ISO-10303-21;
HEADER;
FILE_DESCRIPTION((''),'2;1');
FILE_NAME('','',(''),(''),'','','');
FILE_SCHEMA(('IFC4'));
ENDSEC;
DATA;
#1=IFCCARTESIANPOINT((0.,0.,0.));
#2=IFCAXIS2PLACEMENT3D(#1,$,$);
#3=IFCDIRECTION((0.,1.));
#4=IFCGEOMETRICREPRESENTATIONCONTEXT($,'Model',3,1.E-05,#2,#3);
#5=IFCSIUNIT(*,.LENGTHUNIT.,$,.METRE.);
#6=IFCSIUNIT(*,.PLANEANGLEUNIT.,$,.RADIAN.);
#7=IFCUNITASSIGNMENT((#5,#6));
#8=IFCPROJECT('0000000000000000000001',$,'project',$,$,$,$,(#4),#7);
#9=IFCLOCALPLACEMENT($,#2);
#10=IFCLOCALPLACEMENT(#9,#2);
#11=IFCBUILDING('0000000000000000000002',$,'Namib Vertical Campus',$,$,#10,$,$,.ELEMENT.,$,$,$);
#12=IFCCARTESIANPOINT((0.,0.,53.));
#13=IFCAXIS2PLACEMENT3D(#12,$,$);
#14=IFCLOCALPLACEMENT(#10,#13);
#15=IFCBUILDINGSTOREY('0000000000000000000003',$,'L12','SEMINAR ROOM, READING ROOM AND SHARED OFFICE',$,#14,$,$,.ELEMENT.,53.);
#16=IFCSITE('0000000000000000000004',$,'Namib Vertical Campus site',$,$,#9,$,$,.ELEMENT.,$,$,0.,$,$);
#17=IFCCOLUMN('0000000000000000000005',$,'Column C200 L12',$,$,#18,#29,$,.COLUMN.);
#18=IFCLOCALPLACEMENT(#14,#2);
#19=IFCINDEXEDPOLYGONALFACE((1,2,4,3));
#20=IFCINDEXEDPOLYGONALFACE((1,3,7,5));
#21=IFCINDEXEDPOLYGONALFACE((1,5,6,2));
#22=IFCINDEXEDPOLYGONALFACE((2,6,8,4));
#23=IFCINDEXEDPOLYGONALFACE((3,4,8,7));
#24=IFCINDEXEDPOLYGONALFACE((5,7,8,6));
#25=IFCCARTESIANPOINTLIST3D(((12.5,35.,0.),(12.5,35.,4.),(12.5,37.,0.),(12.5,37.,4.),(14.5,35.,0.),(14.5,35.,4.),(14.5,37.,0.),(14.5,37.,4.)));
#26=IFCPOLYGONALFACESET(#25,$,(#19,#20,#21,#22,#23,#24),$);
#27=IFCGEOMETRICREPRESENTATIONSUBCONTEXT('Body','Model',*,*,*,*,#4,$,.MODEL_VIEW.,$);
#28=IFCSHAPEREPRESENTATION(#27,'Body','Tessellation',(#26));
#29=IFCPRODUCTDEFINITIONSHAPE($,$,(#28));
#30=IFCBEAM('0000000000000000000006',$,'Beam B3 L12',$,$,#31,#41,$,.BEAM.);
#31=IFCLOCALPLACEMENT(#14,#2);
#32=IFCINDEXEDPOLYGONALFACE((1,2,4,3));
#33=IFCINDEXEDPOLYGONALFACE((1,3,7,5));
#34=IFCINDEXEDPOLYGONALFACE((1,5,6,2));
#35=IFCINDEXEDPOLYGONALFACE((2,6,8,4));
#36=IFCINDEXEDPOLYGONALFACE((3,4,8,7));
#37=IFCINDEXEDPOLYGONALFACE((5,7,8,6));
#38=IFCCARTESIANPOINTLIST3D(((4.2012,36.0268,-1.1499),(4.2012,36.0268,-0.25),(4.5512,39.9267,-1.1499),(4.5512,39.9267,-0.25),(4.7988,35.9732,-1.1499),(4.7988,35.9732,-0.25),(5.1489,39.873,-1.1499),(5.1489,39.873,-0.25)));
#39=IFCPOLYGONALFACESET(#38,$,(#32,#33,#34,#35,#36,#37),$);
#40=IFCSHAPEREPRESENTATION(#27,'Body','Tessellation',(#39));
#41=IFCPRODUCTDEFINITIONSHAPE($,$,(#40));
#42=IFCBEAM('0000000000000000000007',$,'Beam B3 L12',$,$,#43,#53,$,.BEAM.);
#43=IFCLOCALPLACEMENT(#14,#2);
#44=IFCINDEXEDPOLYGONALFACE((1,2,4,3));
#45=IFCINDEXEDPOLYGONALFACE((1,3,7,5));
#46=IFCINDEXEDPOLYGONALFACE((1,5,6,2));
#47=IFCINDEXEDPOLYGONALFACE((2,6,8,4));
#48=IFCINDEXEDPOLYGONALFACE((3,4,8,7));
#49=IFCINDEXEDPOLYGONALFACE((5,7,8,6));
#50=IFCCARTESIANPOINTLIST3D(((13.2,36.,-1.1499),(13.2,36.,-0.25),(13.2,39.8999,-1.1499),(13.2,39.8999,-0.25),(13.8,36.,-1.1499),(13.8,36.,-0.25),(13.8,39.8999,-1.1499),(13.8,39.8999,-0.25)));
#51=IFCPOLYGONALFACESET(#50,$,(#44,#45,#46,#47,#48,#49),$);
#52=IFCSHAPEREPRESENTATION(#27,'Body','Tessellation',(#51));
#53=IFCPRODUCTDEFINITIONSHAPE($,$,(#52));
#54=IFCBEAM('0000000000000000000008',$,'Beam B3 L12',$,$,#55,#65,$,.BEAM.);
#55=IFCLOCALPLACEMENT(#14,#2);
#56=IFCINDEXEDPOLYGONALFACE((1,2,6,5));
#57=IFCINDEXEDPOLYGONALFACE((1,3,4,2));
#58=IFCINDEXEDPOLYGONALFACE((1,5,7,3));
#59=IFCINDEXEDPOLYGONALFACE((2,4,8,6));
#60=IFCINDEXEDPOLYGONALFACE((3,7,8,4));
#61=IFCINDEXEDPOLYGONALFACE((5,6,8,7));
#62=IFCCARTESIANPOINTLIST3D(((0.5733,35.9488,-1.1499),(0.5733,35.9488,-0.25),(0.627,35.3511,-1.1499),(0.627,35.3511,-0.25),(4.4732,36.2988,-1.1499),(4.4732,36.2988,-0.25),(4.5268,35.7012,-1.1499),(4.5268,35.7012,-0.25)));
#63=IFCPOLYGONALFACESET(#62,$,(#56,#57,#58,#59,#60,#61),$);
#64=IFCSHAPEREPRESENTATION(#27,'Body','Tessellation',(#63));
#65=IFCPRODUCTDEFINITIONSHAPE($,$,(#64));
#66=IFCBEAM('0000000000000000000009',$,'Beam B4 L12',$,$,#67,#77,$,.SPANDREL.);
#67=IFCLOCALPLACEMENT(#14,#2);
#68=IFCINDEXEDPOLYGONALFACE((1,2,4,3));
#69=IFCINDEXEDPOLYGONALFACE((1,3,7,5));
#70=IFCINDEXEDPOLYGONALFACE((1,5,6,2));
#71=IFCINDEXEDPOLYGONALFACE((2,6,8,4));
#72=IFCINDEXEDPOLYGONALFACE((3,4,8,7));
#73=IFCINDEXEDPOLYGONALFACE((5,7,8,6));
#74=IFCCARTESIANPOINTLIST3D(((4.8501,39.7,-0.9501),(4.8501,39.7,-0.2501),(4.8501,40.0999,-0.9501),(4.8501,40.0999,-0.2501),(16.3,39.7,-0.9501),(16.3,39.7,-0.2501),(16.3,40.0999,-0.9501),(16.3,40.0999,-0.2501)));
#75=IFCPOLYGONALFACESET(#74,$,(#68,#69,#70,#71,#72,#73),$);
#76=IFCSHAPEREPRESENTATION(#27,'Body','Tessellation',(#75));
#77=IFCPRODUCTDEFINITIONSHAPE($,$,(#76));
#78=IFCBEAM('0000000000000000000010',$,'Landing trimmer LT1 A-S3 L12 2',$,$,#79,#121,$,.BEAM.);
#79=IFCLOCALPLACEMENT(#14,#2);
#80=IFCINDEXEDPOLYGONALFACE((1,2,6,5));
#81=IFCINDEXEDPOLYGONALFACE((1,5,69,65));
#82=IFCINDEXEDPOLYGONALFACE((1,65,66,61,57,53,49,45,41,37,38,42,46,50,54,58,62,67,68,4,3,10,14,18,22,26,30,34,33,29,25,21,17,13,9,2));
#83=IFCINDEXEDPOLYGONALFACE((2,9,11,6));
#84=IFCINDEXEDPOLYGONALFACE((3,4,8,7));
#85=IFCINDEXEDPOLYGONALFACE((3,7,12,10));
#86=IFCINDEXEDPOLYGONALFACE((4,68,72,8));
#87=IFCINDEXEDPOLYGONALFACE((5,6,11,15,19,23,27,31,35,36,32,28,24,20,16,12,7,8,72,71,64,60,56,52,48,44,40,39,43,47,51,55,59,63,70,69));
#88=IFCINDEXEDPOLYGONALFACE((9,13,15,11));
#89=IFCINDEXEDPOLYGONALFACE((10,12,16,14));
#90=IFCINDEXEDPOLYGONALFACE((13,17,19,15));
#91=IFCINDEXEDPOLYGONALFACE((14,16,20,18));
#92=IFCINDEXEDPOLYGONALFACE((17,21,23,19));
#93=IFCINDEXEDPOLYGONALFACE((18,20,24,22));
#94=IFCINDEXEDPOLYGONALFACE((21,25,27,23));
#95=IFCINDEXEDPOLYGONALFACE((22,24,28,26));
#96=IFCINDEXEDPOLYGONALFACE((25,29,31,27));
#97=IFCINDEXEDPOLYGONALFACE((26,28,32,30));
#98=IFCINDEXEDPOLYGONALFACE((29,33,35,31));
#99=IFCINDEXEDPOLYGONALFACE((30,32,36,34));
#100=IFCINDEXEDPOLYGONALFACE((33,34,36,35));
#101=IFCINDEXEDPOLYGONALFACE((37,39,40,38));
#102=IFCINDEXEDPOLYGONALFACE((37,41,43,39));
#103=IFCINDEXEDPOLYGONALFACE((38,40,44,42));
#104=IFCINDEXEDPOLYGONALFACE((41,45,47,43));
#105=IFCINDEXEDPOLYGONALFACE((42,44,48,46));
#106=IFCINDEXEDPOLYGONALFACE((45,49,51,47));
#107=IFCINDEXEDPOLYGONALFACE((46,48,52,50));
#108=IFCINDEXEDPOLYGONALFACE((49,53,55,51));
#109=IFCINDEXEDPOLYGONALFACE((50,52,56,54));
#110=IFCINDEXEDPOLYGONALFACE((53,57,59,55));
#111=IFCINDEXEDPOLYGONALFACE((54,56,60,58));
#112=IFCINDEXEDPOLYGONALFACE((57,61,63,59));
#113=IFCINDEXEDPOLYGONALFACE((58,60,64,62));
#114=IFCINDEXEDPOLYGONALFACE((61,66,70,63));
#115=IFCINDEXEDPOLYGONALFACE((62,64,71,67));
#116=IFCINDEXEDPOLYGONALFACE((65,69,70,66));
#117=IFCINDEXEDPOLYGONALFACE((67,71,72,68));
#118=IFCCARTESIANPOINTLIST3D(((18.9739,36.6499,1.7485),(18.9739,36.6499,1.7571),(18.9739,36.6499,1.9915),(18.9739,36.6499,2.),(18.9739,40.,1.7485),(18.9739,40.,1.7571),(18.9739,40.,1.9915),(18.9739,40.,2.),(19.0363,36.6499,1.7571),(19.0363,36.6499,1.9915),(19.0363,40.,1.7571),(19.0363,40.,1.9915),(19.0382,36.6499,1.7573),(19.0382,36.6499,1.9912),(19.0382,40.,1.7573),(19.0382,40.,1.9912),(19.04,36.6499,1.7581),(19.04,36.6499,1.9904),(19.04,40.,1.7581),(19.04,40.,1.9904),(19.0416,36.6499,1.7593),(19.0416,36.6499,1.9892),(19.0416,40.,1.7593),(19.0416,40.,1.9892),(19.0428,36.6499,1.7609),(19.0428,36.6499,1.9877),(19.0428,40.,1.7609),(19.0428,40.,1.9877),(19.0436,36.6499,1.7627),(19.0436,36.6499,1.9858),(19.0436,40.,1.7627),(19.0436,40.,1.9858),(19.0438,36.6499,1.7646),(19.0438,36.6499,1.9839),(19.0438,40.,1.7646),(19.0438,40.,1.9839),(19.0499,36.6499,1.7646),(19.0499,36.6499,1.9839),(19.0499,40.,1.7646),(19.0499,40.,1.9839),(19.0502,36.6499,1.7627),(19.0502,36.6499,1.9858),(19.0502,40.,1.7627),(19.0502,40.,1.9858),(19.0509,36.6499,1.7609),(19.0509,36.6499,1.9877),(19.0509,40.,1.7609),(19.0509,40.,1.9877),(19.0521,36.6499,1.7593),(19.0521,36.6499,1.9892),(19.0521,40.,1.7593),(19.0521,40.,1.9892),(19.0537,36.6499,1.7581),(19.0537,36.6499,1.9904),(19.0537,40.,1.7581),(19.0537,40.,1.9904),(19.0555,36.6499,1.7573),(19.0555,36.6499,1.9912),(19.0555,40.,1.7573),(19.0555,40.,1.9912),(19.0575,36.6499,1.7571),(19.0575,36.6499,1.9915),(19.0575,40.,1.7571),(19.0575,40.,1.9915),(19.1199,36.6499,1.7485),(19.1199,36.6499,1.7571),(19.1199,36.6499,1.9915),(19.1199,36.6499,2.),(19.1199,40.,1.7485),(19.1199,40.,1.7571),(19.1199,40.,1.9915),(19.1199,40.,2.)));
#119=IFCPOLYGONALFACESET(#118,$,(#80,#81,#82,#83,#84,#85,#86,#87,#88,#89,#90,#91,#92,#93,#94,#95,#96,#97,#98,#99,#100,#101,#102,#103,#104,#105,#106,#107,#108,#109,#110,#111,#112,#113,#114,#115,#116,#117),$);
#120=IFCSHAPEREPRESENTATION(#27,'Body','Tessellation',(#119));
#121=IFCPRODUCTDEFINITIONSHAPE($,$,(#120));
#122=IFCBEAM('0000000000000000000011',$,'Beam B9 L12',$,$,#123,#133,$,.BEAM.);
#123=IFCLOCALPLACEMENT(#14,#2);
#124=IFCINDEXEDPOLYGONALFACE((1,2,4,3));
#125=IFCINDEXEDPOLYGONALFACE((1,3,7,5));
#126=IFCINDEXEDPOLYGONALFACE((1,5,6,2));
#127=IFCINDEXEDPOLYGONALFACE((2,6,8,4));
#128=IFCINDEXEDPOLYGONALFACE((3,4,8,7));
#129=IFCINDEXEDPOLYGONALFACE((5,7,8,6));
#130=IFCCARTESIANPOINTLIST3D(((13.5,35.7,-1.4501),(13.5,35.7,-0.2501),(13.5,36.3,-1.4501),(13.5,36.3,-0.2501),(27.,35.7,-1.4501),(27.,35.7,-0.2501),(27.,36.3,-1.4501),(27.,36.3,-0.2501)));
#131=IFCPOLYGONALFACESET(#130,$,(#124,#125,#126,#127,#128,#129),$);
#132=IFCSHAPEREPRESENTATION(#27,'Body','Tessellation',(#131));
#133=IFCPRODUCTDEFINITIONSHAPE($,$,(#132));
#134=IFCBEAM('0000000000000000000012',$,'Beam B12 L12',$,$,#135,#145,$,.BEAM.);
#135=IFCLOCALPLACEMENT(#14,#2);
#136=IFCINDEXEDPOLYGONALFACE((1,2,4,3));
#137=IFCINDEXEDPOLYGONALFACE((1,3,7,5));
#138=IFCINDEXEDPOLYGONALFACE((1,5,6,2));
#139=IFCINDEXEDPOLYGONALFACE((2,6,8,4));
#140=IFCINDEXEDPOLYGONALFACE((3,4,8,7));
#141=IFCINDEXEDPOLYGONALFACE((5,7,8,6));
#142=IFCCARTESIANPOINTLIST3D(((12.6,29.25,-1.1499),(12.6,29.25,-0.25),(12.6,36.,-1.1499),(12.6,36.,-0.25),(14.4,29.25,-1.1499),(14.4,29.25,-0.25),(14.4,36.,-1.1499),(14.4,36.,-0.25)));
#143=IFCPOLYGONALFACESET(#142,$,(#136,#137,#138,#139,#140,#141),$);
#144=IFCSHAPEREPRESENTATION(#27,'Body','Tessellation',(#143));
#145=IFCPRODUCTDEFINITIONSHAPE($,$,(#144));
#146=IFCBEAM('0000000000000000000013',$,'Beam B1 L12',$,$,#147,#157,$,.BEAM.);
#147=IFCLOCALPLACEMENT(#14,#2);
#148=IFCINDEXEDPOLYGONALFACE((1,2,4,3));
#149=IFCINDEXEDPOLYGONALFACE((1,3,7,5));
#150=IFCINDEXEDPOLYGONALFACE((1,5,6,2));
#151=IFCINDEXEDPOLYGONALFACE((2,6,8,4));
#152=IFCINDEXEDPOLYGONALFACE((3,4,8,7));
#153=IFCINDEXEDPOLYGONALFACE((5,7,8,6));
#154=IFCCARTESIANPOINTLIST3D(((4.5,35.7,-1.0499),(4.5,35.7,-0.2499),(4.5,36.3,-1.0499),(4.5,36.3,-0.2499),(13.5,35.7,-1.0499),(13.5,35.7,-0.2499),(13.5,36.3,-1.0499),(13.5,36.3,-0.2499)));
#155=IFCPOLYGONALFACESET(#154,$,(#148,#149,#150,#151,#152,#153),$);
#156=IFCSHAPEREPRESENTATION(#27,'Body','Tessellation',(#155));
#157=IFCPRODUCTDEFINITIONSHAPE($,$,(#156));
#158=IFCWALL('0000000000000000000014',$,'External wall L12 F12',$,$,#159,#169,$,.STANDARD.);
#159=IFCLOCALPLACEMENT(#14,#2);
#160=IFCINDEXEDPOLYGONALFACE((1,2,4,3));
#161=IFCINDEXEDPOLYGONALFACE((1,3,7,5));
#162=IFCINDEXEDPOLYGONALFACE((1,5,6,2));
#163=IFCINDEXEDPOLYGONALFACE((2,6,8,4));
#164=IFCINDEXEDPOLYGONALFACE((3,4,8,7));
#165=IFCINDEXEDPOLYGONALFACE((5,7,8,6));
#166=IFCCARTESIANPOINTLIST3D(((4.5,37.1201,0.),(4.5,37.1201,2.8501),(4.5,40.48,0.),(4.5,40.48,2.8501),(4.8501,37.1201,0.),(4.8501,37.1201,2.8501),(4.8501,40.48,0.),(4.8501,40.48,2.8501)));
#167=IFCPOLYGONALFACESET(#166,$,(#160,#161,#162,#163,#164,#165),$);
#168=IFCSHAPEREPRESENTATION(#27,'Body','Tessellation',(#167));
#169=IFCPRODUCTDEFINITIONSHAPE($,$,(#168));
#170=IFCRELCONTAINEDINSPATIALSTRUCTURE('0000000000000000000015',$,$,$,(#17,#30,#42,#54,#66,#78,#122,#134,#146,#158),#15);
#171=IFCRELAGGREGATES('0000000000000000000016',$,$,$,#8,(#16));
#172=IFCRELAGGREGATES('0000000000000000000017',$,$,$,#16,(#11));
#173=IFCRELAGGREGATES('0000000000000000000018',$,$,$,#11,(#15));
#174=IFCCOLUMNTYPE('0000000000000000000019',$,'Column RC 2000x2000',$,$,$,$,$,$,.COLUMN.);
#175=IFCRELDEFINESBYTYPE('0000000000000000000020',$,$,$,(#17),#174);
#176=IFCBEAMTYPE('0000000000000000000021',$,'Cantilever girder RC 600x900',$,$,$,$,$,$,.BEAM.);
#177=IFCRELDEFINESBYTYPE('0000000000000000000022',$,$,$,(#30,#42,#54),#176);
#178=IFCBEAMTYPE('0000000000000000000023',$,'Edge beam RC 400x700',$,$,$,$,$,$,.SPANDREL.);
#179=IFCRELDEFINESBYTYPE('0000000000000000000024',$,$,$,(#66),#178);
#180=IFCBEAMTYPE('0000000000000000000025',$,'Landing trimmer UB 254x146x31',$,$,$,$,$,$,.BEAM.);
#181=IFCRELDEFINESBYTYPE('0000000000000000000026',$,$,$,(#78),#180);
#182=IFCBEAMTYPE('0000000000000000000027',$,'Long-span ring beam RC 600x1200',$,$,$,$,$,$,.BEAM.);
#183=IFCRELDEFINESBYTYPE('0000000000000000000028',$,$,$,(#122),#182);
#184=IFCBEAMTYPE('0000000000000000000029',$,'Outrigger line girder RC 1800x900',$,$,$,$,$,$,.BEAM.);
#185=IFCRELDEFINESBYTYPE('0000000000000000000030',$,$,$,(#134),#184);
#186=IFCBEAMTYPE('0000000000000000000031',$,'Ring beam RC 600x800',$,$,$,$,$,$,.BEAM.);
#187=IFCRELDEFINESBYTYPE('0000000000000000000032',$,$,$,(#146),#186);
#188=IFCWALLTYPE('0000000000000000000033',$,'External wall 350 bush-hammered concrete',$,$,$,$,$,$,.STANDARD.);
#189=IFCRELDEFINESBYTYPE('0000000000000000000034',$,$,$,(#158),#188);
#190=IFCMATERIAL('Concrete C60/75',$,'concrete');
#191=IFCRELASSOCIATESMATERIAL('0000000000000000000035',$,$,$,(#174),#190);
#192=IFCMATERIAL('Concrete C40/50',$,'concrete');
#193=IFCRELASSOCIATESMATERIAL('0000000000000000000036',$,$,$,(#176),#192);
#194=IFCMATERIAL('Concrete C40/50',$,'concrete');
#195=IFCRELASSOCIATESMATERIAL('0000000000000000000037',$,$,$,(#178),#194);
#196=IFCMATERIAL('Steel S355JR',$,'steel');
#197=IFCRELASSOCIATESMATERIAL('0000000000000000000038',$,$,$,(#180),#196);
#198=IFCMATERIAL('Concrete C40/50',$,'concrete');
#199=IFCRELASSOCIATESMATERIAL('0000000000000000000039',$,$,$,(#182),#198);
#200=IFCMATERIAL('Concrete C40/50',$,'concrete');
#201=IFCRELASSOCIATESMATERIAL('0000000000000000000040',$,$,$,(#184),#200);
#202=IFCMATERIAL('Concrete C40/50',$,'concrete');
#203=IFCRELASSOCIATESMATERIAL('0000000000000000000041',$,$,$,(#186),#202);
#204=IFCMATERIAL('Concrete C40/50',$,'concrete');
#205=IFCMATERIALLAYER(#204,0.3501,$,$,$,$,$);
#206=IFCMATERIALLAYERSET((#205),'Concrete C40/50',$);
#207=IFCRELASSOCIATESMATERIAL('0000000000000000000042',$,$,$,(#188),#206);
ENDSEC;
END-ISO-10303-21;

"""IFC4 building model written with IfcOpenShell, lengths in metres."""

from ifc_helpers import new_model, si_unit, direction, frame, frame_2d, origin, origin_2d, place, context, subcontext, project, spatial, rectangle, i_section, extrude, material, layer, layer_set, material_profile, profile_set, type_object, element, save


model = new_model("IFC4")

# Units and contexts
model_context = context("Model", 3, precision=1e-05, world=origin(), true_north=direction((0.0, 1.0)))
body_context = subcontext(model_context, "Body", "Model", "MODEL_VIEW")
ifc_project = project(units=[si_unit("LENGTHUNIT", "METRE"), si_unit("PLANEANGLEUNIT", "RADIAN")], contexts=[model_context])

# Site, building, storey
site_placement = place(None, origin())
site = spatial("IfcSite", under=ifc_project, at=site_placement, Name="Namib Vertical Campus site", CompositionType="ELEMENT", RefElevation=0.0)
building_placement = place(site_placement, origin())
building = spatial("IfcBuilding", under=site, at=building_placement, Name="Namib Vertical Campus", CompositionType="ELEMENT")
storey_placement = place(building_placement, frame((0.0, 0.0, 53.0)))
storey = spatial("IfcBuildingStorey", under=building, at=storey_placement, Name="L12", Description="SEMINAR ROOM, READING ROOM AND SHARED OFFICE", CompositionType="ELEMENT", Elevation=53.0)

# Column
ifc_material_1 = material(Name="Concrete C60/75", Category="concrete")
ifc_material_profile_1 = material_profile(ifc_material_1, rectangle(XDim=2.0, YDim=2.0, at=origin_2d()))
ifc_profile_set_1 = profile_set([ifc_material_profile_1], Name="Concrete C60/75")
column_type = type_object("IfcColumnType", Name="Column RC 2000x2000", PredefinedType="COLUMN", material=ifc_profile_set_1)
column_placement = place(storey_placement, frame((13.5, 36.0, 0.0), z_axis=(0.0, 0.0, 1.0), x_axis=(1.0, 0.0, 0.0)))
element("IfcColumn", 1, at=column_placement, inside=storey, type_object=column_type, Name="Column C200 L12", PredefinedType="COLUMN", context=body_context, shape_type="SweptSolid", body=[
    extrude(rectangle(XDim=2.0, YDim=2.0, at=origin_2d()), origin(), (0.0, 0.0, 1.0), 4.0),
])

# Beams
ifc_material_2 = material(Name="Concrete C40/50", Category="concrete")
ifc_material_profile_2 = material_profile(ifc_material_2, rectangle(XDim=0.6001, YDim=0.8999, at=origin_2d()))
ifc_profile_set_2 = profile_set([ifc_material_profile_2], Name="Concrete C40/50")
beam_type_1 = type_object("IfcBeamType", Name="Cantilever girder RC 600x900", PredefinedType="BEAM", material=ifc_profile_set_2)
beam_1_placement = place(storey_placement, frame((4.5, 36.0, -0.7), z_axis=(0.089411, 0.995995, 0.0), x_axis=(-0.995995, 0.089411, 0.0)))
element("IfcBeam", 2, at=beam_1_placement, inside=storey, type_object=beam_type_1, Name="Beam B3 L12", PredefinedType="BEAM", context=body_context, shape_type="SweptSolid", body=[
    extrude(rectangle(XDim=0.6001, YDim=0.8999, at=origin_2d()), origin(), (0.0, 0.0, 1.0), 3.9155),
])
beam_2_placement = place(storey_placement, frame((13.5, 36.0, -0.7), z_axis=(0.0, 1.0, 0.0), x_axis=(-1.0, 0.0, 0.0)))
element("IfcBeam", 3, at=beam_2_placement, inside=storey, type_object=beam_type_1, Name="Beam B3 L12", PredefinedType="BEAM", context=body_context, shape_type="SweptSolid", body=[
    extrude(rectangle(XDim=0.6001, YDim=0.8999, at=origin_2d()), origin(), (0.0, 0.0, 1.0), 3.8999),
])
beam_3_placement = place(storey_placement, frame((4.5, 36.0, -0.7), z_axis=(-0.995995, -0.089411, 0.0), x_axis=(0.089411, -0.995995, 0.0)))
element("IfcBeam", 4, at=beam_3_placement, inside=storey, type_object=beam_type_1, Name="Beam B3 L12", PredefinedType="BEAM", context=body_context, shape_type="SweptSolid", body=[
    extrude(rectangle(XDim=0.6001, YDim=0.8999, at=origin_2d()), origin(), (0.0, 0.0, 1.0), 3.9155),
])
ifc_material_3 = material(Name="Concrete C40/50", Category="concrete")
ifc_material_profile_3 = material_profile(ifc_material_3, rectangle(XDim=0.3999, YDim=0.7, at=origin_2d()))
ifc_profile_set_3 = profile_set([ifc_material_profile_3], Name="Concrete C40/50")
beam_type_2 = type_object("IfcBeamType", Name="Edge beam RC 400x700", PredefinedType="SPANDREL", material=ifc_profile_set_3)
beam_4_placement = place(storey_placement, frame((4.8501, 39.8999, -0.6001), z_axis=(1.0, 0.0, 0.0), x_axis=(0.0, 1.0, 0.0)))
element("IfcBeam", 5, at=beam_4_placement, inside=storey, type_object=beam_type_2, Name="Beam B4 L12", PredefinedType="SPANDREL", context=body_context, shape_type="SweptSolid", body=[
    extrude(rectangle(XDim=0.3999, YDim=0.7, at=origin_2d()), origin(), (0.0, 0.0, 1.0), 11.45),
])
ifc_material_4 = material(Name="Steel S355JR", Category="steel")
ifc_material_profile_4 = material_profile(ifc_material_4, i_section(OverallWidth=0.146, OverallDepth=0.2515, WebThickness=0.0061, FlangeThickness=0.0085, FilletRadius=0.0076, at=origin_2d()))
ifc_profile_set_4 = profile_set([ifc_material_profile_4], Name="Steel S355JR")
beam_type_3 = type_object("IfcBeamType", Name="Landing trimmer UB 254x146x31", PredefinedType="BEAM", material=ifc_profile_set_4)
beam_5_placement = place(storey_placement, frame((19.0469, 36.6499, 1.8743), z_axis=(0.0, 1.0, 0.0), x_axis=(-1.0, 0.0, 0.0)))
element("IfcBeam", 6, at=beam_5_placement, inside=storey, type_object=beam_type_3, Name="Landing trimmer LT1 A-S3 L12 2", PredefinedType="BEAM", context=body_context, shape_type="SweptSolid", body=[
    extrude(i_section(OverallWidth=0.146, OverallDepth=0.2515, WebThickness=0.0061, FlangeThickness=0.0085, FilletRadius=0.0076, at=origin_2d()), origin(), (0.0, 0.0, 1.0), 3.3501),
])
ifc_material_5 = material(Name="Concrete C40/50", Category="concrete")
ifc_material_profile_5 = material_profile(ifc_material_5, rectangle(XDim=0.6001, YDim=1.2, at=origin_2d()))
ifc_profile_set_5 = profile_set([ifc_material_profile_5], Name="Concrete C40/50")
beam_type_4 = type_object("IfcBeamType", Name="Long-span ring beam RC 600x1200", PredefinedType="BEAM", material=ifc_profile_set_5)
beam_6_placement = place(storey_placement, frame((13.5, 36.0, -0.8501), z_axis=(1.0, 0.0, 0.0), x_axis=(0.0, 1.0, 0.0)))
element("IfcBeam", 7, at=beam_6_placement, inside=storey, type_object=beam_type_4, Name="Beam B9 L12", PredefinedType="BEAM", context=body_context, shape_type="SweptSolid", body=[
    extrude(rectangle(XDim=0.6001, YDim=1.2, at=origin_2d()), origin(), (0.0, 0.0, 1.0), 13.5),
])
ifc_material_6 = material(Name="Concrete C40/50", Category="concrete")
ifc_material_profile_6 = material_profile(ifc_material_6, rectangle(XDim=1.8, YDim=0.8999, at=origin_2d()))
ifc_profile_set_6 = profile_set([ifc_material_profile_6], Name="Concrete C40/50")
beam_type_5 = type_object("IfcBeamType", Name="Outrigger line girder RC 1800x900", PredefinedType="BEAM", material=ifc_profile_set_6)
beam_7_placement = place(storey_placement, frame((13.5, 36.0, -0.7), z_axis=(0.0, -1.0, 0.0), x_axis=(1.0, 0.0, 0.0)))
element("IfcBeam", 8, at=beam_7_placement, inside=storey, type_object=beam_type_5, Name="Beam B12 L12", PredefinedType="BEAM", context=body_context, shape_type="SweptSolid", body=[
    extrude(rectangle(XDim=1.8, YDim=0.8999, at=origin_2d()), origin(), (0.0, 0.0, 1.0), 6.75),
])
ifc_material_7 = material(Name="Concrete C40/50", Category="concrete")
ifc_material_profile_7 = material_profile(ifc_material_7, rectangle(XDim=0.6001, YDim=0.8, at=origin_2d()))
ifc_profile_set_7 = profile_set([ifc_material_profile_7], Name="Concrete C40/50")
beam_type_6 = type_object("IfcBeamType", Name="Ring beam RC 600x800", PredefinedType="BEAM", material=ifc_profile_set_7)
beam_8_placement = place(storey_placement, frame((4.5, 36.0, -0.6499), z_axis=(1.0, 0.0, 0.0), x_axis=(0.0, 1.0, 0.0)))
element("IfcBeam", 9, at=beam_8_placement, inside=storey, type_object=beam_type_6, Name="Beam B1 L12", PredefinedType="BEAM", context=body_context, shape_type="SweptSolid", body=[
    extrude(rectangle(XDim=0.6001, YDim=0.8, at=origin_2d()), origin(), (0.0, 0.0, 1.0), 9.0),
])

# Wall
ifc_material_8 = material(Name="Concrete C40/50", Category="concrete")
ifc_layer_1 = layer(ifc_material_8, 0.3501)
ifc_layer_set_1 = layer_set([ifc_layer_1], Name="Concrete C40/50")
wall_type_1 = type_object("IfcWallType", Name="External wall 350 bush-hammered concrete", PredefinedType="STANDARD", material=ifc_layer_set_1)
wall_1_placement = place(storey_placement, frame((4.675, 40.48, 0.0), z_axis=(0.0, 0.0, 1.0), x_axis=(0.0, -1.0, 0.0)))
element("IfcWall", 10, at=wall_1_placement, inside=storey, type_object=wall_type_1, Name="External wall L12 F12", PredefinedType="STANDARD", context=body_context, shape_type="SweptSolid", body=[
    extrude(rectangle(XDim=3.3599, YDim=0.3501, at=frame_2d((1.6799, 0.0))), origin(), (0.0, 0.0, 1.0), 2.8501),
])

save(model, "model.ifc")
